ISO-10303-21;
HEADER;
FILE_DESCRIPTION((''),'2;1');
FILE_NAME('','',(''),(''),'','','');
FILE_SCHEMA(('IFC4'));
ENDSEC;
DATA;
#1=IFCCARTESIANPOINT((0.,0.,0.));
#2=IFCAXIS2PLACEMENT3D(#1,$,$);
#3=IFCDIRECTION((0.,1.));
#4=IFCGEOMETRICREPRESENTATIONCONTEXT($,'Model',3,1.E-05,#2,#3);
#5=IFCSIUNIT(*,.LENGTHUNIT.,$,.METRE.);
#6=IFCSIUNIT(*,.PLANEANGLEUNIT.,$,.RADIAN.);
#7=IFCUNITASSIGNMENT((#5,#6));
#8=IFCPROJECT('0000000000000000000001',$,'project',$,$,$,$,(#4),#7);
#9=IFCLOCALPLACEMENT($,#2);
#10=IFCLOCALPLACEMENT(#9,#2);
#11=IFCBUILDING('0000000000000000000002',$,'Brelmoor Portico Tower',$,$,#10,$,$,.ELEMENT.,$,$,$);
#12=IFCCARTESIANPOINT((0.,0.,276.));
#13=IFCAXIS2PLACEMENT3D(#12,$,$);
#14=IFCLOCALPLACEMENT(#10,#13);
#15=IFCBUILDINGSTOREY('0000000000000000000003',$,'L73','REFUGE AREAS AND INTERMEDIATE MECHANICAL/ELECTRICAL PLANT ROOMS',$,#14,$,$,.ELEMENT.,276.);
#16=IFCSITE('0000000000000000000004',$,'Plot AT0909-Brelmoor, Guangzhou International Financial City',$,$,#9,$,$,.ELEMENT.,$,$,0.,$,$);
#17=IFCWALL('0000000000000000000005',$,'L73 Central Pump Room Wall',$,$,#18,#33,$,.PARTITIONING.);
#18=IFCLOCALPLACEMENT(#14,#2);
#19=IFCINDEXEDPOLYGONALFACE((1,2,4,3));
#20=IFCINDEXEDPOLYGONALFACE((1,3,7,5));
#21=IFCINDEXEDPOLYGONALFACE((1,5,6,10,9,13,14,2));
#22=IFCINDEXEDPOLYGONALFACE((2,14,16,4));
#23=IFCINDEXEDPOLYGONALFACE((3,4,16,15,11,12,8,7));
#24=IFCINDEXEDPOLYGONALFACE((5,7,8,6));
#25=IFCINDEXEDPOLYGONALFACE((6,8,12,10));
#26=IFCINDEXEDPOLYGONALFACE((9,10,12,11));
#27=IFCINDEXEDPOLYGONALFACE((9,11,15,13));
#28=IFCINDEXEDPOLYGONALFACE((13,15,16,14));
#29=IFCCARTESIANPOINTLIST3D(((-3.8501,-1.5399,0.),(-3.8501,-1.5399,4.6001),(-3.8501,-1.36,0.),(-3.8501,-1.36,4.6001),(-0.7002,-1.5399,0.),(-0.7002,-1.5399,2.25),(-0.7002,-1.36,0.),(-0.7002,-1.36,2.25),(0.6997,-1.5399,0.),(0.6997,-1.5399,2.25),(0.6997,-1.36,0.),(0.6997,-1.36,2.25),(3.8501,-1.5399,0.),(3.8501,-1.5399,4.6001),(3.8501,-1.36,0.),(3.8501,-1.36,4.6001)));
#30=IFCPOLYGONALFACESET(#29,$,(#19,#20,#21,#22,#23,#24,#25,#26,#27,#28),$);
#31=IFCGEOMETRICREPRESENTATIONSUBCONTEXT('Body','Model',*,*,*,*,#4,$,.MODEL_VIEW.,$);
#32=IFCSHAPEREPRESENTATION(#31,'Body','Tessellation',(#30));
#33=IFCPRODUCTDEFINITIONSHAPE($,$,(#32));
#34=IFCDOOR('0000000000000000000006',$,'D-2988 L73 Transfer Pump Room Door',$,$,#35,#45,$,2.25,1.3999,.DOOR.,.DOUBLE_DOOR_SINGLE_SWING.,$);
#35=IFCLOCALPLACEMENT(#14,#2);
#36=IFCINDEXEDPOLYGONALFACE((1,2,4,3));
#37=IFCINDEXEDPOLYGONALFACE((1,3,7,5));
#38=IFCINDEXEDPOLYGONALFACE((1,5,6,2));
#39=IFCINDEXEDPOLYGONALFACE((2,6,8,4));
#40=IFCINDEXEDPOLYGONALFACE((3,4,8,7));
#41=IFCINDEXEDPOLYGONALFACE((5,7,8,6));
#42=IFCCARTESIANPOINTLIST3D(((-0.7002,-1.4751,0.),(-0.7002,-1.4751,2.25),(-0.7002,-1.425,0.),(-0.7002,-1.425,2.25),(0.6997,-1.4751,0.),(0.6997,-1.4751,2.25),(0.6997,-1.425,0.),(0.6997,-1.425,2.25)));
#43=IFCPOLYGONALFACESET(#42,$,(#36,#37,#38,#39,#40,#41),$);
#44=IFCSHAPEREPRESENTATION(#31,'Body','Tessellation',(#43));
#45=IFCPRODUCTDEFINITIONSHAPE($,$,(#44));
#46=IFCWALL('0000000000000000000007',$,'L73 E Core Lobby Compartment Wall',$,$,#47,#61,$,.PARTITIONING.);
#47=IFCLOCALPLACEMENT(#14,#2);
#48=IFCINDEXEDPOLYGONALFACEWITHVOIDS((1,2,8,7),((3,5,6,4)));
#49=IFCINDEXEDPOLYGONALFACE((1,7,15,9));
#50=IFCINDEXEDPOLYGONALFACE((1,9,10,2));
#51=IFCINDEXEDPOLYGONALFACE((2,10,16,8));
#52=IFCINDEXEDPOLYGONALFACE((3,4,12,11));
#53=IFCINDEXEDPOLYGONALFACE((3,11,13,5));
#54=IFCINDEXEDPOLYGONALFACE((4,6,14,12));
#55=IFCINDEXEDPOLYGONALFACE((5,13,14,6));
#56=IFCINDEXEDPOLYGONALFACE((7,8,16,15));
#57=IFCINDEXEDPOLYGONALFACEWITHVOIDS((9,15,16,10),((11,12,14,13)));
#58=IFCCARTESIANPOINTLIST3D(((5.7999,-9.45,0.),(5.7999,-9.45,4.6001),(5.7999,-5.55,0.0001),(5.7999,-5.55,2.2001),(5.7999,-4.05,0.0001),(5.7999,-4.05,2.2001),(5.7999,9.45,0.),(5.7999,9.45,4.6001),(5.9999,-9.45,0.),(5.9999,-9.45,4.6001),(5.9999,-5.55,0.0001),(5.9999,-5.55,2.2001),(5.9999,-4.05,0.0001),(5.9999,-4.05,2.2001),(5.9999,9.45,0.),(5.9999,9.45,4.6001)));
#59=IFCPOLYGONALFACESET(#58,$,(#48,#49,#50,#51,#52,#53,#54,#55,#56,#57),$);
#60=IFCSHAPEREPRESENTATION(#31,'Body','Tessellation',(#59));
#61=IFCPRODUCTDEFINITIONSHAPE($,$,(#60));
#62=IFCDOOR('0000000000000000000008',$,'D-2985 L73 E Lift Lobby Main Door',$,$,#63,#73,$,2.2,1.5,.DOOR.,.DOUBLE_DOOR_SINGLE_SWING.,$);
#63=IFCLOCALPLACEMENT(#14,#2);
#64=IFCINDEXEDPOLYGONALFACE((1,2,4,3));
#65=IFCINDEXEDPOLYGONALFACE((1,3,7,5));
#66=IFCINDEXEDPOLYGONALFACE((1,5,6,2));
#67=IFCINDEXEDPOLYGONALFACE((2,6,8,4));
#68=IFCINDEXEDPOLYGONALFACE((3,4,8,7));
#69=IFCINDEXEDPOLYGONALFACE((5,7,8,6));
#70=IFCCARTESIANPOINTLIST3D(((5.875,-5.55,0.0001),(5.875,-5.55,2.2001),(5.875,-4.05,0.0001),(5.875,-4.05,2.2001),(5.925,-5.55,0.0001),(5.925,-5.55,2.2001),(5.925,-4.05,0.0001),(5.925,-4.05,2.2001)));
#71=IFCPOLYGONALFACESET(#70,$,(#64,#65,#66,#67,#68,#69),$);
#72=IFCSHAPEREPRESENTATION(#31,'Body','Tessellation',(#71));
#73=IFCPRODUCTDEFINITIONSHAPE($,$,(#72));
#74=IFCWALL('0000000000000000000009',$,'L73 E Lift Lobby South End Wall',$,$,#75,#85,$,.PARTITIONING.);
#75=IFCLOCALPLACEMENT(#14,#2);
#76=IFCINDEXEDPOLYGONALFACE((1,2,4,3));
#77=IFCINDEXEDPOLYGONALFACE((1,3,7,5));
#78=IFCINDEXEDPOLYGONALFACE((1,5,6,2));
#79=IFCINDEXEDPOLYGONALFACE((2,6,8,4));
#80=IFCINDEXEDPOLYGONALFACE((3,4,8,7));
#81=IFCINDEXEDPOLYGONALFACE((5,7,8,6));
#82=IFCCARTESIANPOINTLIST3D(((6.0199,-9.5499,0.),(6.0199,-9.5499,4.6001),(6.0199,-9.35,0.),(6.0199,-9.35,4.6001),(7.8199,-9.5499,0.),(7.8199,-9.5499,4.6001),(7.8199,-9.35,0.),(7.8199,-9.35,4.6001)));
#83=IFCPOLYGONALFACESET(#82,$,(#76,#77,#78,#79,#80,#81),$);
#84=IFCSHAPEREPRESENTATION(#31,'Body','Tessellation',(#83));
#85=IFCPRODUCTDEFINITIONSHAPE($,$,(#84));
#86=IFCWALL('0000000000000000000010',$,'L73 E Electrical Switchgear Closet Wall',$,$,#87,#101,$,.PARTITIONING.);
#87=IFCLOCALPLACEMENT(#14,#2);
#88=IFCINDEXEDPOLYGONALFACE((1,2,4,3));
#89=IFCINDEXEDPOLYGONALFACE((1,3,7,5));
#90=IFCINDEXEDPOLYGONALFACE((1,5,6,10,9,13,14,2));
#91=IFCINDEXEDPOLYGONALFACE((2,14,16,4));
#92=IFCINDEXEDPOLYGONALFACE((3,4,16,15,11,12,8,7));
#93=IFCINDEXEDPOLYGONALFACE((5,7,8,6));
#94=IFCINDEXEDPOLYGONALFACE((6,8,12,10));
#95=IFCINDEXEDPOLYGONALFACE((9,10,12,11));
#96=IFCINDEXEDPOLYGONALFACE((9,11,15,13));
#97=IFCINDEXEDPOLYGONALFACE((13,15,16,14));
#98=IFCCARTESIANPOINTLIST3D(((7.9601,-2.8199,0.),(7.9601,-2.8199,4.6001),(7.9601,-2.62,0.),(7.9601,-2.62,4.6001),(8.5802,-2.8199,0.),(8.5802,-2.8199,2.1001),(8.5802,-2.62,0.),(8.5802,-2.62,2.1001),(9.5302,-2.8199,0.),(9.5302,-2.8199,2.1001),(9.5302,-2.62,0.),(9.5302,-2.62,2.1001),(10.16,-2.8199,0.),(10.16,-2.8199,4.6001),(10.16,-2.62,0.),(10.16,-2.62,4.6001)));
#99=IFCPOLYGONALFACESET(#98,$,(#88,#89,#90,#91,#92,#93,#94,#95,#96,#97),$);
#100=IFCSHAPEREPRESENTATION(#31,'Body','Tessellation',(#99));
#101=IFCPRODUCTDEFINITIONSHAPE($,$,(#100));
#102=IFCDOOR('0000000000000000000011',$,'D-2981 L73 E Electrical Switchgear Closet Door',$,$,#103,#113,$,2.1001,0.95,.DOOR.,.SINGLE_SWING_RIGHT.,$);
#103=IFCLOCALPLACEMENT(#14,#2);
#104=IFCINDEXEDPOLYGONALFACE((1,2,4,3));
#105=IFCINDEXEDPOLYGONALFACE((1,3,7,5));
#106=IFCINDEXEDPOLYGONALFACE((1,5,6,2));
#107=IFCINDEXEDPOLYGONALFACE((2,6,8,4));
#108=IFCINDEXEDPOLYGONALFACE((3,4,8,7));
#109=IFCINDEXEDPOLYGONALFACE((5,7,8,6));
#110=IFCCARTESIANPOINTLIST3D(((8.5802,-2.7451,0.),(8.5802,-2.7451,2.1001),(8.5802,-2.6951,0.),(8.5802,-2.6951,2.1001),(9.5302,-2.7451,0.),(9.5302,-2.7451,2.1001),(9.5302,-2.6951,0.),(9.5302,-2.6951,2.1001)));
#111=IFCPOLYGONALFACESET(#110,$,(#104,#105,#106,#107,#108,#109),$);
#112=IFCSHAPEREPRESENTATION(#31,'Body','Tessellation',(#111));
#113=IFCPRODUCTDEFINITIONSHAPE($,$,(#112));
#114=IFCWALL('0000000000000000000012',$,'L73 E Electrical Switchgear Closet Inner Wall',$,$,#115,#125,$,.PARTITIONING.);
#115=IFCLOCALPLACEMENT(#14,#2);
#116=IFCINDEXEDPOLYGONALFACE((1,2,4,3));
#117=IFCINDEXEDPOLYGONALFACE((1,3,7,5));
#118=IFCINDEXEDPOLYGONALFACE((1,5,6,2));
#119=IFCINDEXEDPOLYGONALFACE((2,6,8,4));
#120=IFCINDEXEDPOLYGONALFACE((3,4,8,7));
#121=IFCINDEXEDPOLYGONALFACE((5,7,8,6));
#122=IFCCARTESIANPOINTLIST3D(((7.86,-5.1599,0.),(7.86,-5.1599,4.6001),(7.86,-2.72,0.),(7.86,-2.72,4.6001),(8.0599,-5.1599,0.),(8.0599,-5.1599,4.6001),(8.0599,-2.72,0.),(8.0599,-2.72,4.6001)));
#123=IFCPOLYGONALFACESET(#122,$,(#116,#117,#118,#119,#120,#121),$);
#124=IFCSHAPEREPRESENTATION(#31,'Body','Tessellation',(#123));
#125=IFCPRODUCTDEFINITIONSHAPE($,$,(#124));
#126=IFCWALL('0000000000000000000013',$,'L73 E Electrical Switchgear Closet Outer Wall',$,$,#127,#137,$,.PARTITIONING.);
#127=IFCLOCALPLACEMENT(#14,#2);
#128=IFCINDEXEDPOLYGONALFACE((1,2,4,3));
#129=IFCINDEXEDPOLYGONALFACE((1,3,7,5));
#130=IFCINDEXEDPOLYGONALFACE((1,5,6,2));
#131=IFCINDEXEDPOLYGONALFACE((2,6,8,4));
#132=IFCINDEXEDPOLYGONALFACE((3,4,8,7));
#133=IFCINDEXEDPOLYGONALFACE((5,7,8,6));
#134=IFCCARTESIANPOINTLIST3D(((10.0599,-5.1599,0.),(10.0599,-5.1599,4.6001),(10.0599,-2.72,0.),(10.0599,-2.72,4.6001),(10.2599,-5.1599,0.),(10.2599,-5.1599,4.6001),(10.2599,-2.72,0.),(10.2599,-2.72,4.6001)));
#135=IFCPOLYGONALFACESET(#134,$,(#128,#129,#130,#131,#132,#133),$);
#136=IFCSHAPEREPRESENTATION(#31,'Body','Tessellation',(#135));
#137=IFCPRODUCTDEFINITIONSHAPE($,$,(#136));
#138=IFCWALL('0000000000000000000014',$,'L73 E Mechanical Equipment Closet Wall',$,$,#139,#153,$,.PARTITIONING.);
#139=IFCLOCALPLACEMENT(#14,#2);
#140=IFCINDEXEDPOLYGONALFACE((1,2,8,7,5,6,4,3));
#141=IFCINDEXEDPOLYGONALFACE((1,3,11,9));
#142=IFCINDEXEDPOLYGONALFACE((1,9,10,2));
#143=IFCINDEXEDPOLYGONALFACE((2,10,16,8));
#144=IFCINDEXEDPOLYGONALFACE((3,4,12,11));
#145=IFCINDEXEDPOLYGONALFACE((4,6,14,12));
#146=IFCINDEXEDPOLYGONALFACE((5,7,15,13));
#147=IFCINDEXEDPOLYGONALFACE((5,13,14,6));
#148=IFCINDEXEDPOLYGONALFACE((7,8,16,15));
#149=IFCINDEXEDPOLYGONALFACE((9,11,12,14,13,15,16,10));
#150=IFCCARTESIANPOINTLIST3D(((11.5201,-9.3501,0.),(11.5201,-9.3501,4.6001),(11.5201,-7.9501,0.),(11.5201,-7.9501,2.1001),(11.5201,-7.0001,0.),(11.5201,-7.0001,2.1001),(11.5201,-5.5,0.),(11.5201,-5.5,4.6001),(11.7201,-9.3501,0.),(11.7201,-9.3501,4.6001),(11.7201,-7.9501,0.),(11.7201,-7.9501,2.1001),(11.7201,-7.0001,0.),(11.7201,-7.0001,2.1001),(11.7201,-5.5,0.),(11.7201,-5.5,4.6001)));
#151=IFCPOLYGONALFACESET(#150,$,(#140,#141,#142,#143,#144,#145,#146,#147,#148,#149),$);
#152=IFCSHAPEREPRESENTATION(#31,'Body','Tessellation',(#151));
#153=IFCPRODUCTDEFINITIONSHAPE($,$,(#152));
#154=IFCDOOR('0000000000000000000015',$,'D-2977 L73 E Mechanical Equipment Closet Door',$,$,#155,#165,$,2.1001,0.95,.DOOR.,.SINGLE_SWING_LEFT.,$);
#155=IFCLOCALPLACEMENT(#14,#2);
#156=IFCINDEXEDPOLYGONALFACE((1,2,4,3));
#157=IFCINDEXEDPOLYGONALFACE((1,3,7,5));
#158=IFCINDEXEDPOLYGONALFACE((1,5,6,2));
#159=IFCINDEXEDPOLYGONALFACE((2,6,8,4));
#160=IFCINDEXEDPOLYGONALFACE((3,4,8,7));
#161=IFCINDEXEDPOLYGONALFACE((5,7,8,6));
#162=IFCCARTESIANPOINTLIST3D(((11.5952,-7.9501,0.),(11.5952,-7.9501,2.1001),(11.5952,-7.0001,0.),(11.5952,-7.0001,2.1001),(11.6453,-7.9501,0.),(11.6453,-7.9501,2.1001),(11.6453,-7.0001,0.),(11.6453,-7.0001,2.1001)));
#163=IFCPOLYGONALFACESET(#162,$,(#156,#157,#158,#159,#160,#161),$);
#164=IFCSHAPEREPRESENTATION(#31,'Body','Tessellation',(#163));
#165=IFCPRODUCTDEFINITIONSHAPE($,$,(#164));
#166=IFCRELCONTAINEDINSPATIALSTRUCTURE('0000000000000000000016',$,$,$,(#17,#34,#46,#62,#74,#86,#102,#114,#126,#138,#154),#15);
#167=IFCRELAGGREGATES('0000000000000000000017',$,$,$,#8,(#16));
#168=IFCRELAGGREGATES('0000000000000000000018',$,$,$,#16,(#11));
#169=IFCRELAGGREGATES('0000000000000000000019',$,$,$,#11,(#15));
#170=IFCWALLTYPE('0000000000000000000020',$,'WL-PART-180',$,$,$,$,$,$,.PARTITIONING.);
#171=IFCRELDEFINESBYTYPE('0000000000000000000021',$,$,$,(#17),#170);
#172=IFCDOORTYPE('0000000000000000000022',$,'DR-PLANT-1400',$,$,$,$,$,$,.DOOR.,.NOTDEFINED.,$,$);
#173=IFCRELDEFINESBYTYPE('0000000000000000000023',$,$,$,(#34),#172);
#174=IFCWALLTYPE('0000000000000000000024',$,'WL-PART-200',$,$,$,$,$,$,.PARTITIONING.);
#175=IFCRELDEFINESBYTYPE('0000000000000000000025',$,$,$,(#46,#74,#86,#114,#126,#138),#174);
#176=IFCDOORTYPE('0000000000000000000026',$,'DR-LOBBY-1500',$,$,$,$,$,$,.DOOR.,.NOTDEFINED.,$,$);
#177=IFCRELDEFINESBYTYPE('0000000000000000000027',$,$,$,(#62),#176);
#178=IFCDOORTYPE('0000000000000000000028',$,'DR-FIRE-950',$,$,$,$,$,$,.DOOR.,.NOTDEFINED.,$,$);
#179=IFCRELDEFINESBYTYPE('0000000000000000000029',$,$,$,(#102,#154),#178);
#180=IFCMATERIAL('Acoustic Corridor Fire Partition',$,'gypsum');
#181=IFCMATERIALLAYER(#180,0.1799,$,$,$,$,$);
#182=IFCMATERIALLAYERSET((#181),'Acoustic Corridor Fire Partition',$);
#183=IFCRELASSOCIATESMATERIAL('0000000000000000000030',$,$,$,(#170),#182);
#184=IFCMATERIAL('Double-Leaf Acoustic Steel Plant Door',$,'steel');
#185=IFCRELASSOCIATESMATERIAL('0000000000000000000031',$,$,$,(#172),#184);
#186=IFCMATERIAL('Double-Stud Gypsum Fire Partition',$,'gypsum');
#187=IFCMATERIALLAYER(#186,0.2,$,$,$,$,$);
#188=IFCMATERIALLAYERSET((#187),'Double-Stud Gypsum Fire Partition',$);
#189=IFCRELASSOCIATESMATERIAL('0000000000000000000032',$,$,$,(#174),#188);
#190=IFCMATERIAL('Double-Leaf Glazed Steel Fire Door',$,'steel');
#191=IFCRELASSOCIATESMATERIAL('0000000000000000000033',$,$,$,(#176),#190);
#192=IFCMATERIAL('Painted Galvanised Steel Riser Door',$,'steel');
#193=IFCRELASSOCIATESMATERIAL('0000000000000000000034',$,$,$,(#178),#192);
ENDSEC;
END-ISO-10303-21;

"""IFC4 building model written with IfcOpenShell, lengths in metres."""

from ifc_helpers import new_model, si_unit, direction, frame, frame_2d, origin, place, context, subcontext, project, spatial, rectangle, extrude, material, layer, layer_set, type_object, element, fill, save


model = new_model("IFC4")

# Units and contexts
model_context = context("Model", 3, precision=1e-05, world=origin(), true_north=direction((0.0, 1.0)))
body_context = subcontext(model_context, "Body", "Model", "MODEL_VIEW")
ifc_project = project(units=[si_unit("LENGTHUNIT", "METRE"), si_unit("PLANEANGLEUNIT", "RADIAN")], contexts=[model_context])

# Site, building, storey
site_placement = place(None, origin())
site = spatial("IfcSite", under=ifc_project, at=site_placement, Name="Plot AT0909-Brelmoor, Guangzhou International Financial City", CompositionType="ELEMENT", RefElevation=0.0)
building_placement = place(site_placement, origin())
building = spatial("IfcBuilding", under=site, at=building_placement, Name="Brelmoor Portico Tower", CompositionType="ELEMENT")
storey_placement = place(building_placement, frame((0.0, 0.0, 276.0)))
storey = spatial("IfcBuildingStorey", under=building, at=storey_placement, Name="L73", Description="REFUGE AREAS AND INTERMEDIATE MECHANICAL/ELECTRICAL PLANT ROOMS", CompositionType="ELEMENT", Elevation=276.0)

# Walls, openings, doors
ifc_material_1 = material(Name="Acoustic Corridor Fire Partition", Category="gypsum")
ifc_layer_1 = layer(ifc_material_1, 0.1799)
ifc_layer_set_1 = layer_set([ifc_layer_1], Name="Acoustic Corridor Fire Partition")
wall_type_1 = type_object("IfcWallType", Name="WL-PART-180", PredefinedType="PARTITIONING", material=ifc_layer_set_1)
wall_1_placement = place(storey_placement, frame((-3.8501, -1.45, 0.0), z_axis=(0.0, 0.0, 1.0), x_axis=(1.0, 0.0, 0.0)))
wall_1 = element("IfcWall", 1, at=wall_1_placement, inside=storey, type_object=wall_type_1, Name="L73 Central Pump Room Wall", PredefinedType="PARTITIONING", context=body_context, shape_type="SweptSolid", body=[
    extrude(rectangle(XDim=7.7002, YDim=0.1799, at=frame_2d((3.8501, 0.0))), origin(), (0.0, 0.0, 1.0), 4.6001),
])
opening_1_placement = place(wall_1_placement, frame((3.1499, 0.0, 0.0)))
opening_1 = element("IfcOpeningElement", 2, at=opening_1_placement, cuts=wall_1, PredefinedType="OPENING", context=body_context, shape_type="SweptSolid", body=[
    extrude(rectangle(XDim=1.3999, YDim=2.25, at=frame_2d((0.7, 1.125))), frame((0.0, 0.0999, 0.0), z_axis=(0.0, -1.0, 0.0), x_axis=(1.0, 0.0, 0.0)), (0.0, 0.0, 1.0), 0.2),
])
ifc_material_2 = material(Name="Double-Leaf Acoustic Steel Plant Door", Category="steel")
door_type_1 = type_object("IfcDoorType", Name="DR-PLANT-1400", OperationType="NOTDEFINED", PredefinedType="DOOR", material=ifc_material_2)
door_1_placement = place(opening_1_placement, origin())
door_1 = element("IfcDoor", 3, at=door_1_placement, inside=storey, type_object=door_type_1, Name="D-2988 L73 Transfer Pump Room Door", OperationType="DOUBLE_DOOR_SINGLE_SWING", OverallHeight=2.25, OverallWidth=1.3999, PredefinedType="DOOR", context=body_context, shape_type="SweptSolid", body=[
    extrude(rectangle(XDim=1.3999, YDim=2.25, at=frame_2d((0.7, 1.125))), frame((0.0, 0.0249, 0.0), z_axis=(0.0, -1.0, 0.0), x_axis=(1.0, 0.0, 0.0)), (0.0, 0.0, 1.0), 0.05),
])
fill(opening_1, door_1)
ifc_material_3 = material(Name="Double-Stud Gypsum Fire Partition", Category="gypsum")
ifc_layer_2 = layer(ifc_material_3, 0.2)
ifc_layer_set_2 = layer_set([ifc_layer_2], Name="Double-Stud Gypsum Fire Partition")
wall_type_2 = type_object("IfcWallType", Name="WL-PART-200", PredefinedType="PARTITIONING", material=ifc_layer_set_2)
wall_2_placement = place(storey_placement, frame((5.8999, -9.45, 0.0), z_axis=(0.0, 0.0, 1.0), x_axis=(0.0, 1.0, 0.0)))
wall_2 = element("IfcWall", 4, at=wall_2_placement, inside=storey, type_object=wall_type_2, Name="L73 E Core Lobby Compartment Wall", PredefinedType="PARTITIONING", context=body_context, shape_type="SweptSolid", body=[
    extrude(rectangle(XDim=18.8999, YDim=0.2, at=frame_2d((9.45, 0.0))), origin(), (0.0, 0.0, 1.0), 4.6001),
])
opening_2_placement = place(wall_2_placement, frame((3.8999, 0.0, 0.0)))
opening_2 = element("IfcOpeningElement", 5, at=opening_2_placement, cuts=wall_2, PredefinedType="OPENING", context=body_context, shape_type="SweptSolid", body=[
    extrude(rectangle(XDim=1.5, YDim=2.2, at=frame_2d((0.75, 1.1001))), frame((0.0, 0.1099, 0.0), z_axis=(0.0, -1.0, 0.0), x_axis=(1.0, 0.0, 0.0)), (0.0, 0.0, 1.0), 0.22),
])
ifc_material_4 = material(Name="Double-Leaf Glazed Steel Fire Door", Category="steel")
door_type_2 = type_object("IfcDoorType", Name="DR-LOBBY-1500", OperationType="NOTDEFINED", PredefinedType="DOOR", material=ifc_material_4)
door_2_placement = place(opening_2_placement, origin())
door_2 = element("IfcDoor", 6, at=door_2_placement, inside=storey, type_object=door_type_2, Name="D-2985 L73 E Lift Lobby Main Door", OperationType="DOUBLE_DOOR_SINGLE_SWING", OverallHeight=2.2, OverallWidth=1.5, PredefinedType="DOOR", context=body_context, shape_type="SweptSolid", body=[
    extrude(rectangle(XDim=1.5, YDim=2.2, at=frame_2d((0.75, 1.1001))), frame((0.0, 0.0249, 0.0), z_axis=(0.0, -1.0, 0.0), x_axis=(1.0, 0.0, 0.0)), (0.0, 0.0, 1.0), 0.05),
])
fill(opening_2, door_2)

# Wall
wall_3_placement = place(storey_placement, frame((6.02, -9.45, 0.0), z_axis=(0.0, 0.0, 1.0), x_axis=(1.0, 0.0, 0.0)))
element("IfcWall", 7, at=wall_3_placement, inside=storey, type_object=wall_type_2, Name="L73 E Lift Lobby South End Wall", PredefinedType="PARTITIONING", context=body_context, shape_type="SweptSolid", body=[
    extrude(rectangle(XDim=1.8, YDim=0.2, at=frame_2d((0.8999, 0.0))), origin(), (0.0, 0.0, 1.0), 4.6001),
])

# Wall, opening, door
wall_4_placement = place(storey_placement, frame((7.96, -2.72, 0.0), z_axis=(0.0, 0.0, 1.0), x_axis=(1.0, 0.0, 0.0)))
wall_4 = element("IfcWall", 8, at=wall_4_placement, inside=storey, type_object=wall_type_2, Name="L73 E Electrical Switchgear Closet Wall", PredefinedType="PARTITIONING", context=body_context, shape_type="SweptSolid", body=[
    extrude(rectangle(XDim=2.2, YDim=0.2, at=frame_2d((1.1001, 0.0))), origin(), (0.0, 0.0, 1.0), 4.6001),
])
opening_3_placement = place(wall_4_placement, frame((0.6201, 0.0, 0.0)))
opening_3 = element("IfcOpeningElement", 9, at=opening_3_placement, cuts=wall_4, PredefinedType="OPENING", context=body_context, shape_type="SweptSolid", body=[
    extrude(rectangle(XDim=0.95, YDim=2.1001, at=frame_2d((0.4751, 1.05))), frame((0.0, 0.1099, 0.0), z_axis=(0.0, -1.0, 0.0), x_axis=(1.0, 0.0, 0.0)), (0.0, 0.0, 1.0), 0.22),
])
ifc_material_5 = material(Name="Painted Galvanised Steel Riser Door", Category="steel")
door_type_3 = type_object("IfcDoorType", Name="DR-FIRE-950", OperationType="NOTDEFINED", PredefinedType="DOOR", material=ifc_material_5)
door_3_placement = place(opening_3_placement, origin())
door_3 = element("IfcDoor", 10, at=door_3_placement, inside=storey, type_object=door_type_3, Name="D-2981 L73 E Electrical Switchgear Closet Door", OperationType="SINGLE_SWING_RIGHT", OverallHeight=2.1001, OverallWidth=0.95, PredefinedType="DOOR", context=body_context, shape_type="SweptSolid", body=[
    extrude(rectangle(XDim=0.95, YDim=2.1001, at=frame_2d((0.4751, 1.05))), frame((0.0, 0.0249, 0.0), z_axis=(0.0, -1.0, 0.0), x_axis=(1.0, 0.0, 0.0)), (0.0, 0.0, 1.0), 0.05),
])
fill(opening_3, door_3)

# Walls
for number, where, z_axis, x_axis, name in (
    (11, (7.96, -5.1599, 0.0), (0.0, 0.0, 1.0), (0.0, 1.0, 0.0), "L73 E Electrical Switchgear Closet Inner Wall"),
    (12, (10.1599, -5.1599, 0.0), (0.0, 0.0, 1.0), (0.0, 1.0, 0.0), "L73 E Electrical Switchgear Closet Outer Wall"),
):
    element("IfcWall", number, at=place(storey_placement, frame(where, z_axis=z_axis, x_axis=x_axis)), inside=storey, type_object=wall_type_2, Name=name, PredefinedType="PARTITIONING", context=body_context, shape_type="SweptSolid", body=[
        extrude(rectangle(XDim=2.4399, YDim=0.2, at=frame_2d((1.22, 0.0))), origin(), (0.0, 0.0, 1.0), 4.6001),
    ])

# Wall, opening, door
wall_5_placement = place(storey_placement, frame((11.6201, -9.3501, 0.0), z_axis=(0.0, 0.0, 1.0), x_axis=(0.0, 1.0, 0.0)))
wall_5 = element("IfcWall", 13, at=wall_5_placement, inside=storey, type_object=wall_type_2, Name="L73 E Mechanical Equipment Closet Wall", PredefinedType="PARTITIONING", context=body_context, shape_type="SweptSolid", body=[
    extrude(rectangle(XDim=3.8501, YDim=0.2, at=frame_2d((1.925, 0.0))), origin(), (0.0, 0.0, 1.0), 4.6001),
])
opening_4_placement = place(wall_5_placement, frame((1.3999, 0.0, 0.0)))
opening_4 = element("IfcOpeningElement", 14, at=opening_4_placement, cuts=wall_5, PredefinedType="OPENING", context=body_context, shape_type="SweptSolid", body=[
    extrude(rectangle(XDim=0.95, YDim=2.1001, at=frame_2d((0.4751, 1.05))), frame((0.0, 0.1099, 0.0), z_axis=(0.0, -1.0, 0.0), x_axis=(1.0, 0.0, 0.0)), (0.0, 0.0, 1.0), 0.22),
])
door_4_placement = place(opening_4_placement, origin())
door_4 = element("IfcDoor", 15, at=door_4_placement, inside=storey, type_object=door_type_3, Name="D-2977 L73 E Mechanical Equipment Closet Door", OperationType="SINGLE_SWING_LEFT", OverallHeight=2.1001, OverallWidth=0.95, PredefinedType="DOOR", context=body_context, shape_type="SweptSolid", body=[
    extrude(rectangle(XDim=0.95, YDim=2.1001, at=frame_2d((0.4751, 1.05))), frame((0.0, 0.0249, 0.0), z_axis=(0.0, -1.0, 0.0), x_axis=(1.0, 0.0, 0.0)), (0.0, 0.0, 1.0), 0.05),
])
fill(opening_4, door_4)

save(model, "model.ifc")
